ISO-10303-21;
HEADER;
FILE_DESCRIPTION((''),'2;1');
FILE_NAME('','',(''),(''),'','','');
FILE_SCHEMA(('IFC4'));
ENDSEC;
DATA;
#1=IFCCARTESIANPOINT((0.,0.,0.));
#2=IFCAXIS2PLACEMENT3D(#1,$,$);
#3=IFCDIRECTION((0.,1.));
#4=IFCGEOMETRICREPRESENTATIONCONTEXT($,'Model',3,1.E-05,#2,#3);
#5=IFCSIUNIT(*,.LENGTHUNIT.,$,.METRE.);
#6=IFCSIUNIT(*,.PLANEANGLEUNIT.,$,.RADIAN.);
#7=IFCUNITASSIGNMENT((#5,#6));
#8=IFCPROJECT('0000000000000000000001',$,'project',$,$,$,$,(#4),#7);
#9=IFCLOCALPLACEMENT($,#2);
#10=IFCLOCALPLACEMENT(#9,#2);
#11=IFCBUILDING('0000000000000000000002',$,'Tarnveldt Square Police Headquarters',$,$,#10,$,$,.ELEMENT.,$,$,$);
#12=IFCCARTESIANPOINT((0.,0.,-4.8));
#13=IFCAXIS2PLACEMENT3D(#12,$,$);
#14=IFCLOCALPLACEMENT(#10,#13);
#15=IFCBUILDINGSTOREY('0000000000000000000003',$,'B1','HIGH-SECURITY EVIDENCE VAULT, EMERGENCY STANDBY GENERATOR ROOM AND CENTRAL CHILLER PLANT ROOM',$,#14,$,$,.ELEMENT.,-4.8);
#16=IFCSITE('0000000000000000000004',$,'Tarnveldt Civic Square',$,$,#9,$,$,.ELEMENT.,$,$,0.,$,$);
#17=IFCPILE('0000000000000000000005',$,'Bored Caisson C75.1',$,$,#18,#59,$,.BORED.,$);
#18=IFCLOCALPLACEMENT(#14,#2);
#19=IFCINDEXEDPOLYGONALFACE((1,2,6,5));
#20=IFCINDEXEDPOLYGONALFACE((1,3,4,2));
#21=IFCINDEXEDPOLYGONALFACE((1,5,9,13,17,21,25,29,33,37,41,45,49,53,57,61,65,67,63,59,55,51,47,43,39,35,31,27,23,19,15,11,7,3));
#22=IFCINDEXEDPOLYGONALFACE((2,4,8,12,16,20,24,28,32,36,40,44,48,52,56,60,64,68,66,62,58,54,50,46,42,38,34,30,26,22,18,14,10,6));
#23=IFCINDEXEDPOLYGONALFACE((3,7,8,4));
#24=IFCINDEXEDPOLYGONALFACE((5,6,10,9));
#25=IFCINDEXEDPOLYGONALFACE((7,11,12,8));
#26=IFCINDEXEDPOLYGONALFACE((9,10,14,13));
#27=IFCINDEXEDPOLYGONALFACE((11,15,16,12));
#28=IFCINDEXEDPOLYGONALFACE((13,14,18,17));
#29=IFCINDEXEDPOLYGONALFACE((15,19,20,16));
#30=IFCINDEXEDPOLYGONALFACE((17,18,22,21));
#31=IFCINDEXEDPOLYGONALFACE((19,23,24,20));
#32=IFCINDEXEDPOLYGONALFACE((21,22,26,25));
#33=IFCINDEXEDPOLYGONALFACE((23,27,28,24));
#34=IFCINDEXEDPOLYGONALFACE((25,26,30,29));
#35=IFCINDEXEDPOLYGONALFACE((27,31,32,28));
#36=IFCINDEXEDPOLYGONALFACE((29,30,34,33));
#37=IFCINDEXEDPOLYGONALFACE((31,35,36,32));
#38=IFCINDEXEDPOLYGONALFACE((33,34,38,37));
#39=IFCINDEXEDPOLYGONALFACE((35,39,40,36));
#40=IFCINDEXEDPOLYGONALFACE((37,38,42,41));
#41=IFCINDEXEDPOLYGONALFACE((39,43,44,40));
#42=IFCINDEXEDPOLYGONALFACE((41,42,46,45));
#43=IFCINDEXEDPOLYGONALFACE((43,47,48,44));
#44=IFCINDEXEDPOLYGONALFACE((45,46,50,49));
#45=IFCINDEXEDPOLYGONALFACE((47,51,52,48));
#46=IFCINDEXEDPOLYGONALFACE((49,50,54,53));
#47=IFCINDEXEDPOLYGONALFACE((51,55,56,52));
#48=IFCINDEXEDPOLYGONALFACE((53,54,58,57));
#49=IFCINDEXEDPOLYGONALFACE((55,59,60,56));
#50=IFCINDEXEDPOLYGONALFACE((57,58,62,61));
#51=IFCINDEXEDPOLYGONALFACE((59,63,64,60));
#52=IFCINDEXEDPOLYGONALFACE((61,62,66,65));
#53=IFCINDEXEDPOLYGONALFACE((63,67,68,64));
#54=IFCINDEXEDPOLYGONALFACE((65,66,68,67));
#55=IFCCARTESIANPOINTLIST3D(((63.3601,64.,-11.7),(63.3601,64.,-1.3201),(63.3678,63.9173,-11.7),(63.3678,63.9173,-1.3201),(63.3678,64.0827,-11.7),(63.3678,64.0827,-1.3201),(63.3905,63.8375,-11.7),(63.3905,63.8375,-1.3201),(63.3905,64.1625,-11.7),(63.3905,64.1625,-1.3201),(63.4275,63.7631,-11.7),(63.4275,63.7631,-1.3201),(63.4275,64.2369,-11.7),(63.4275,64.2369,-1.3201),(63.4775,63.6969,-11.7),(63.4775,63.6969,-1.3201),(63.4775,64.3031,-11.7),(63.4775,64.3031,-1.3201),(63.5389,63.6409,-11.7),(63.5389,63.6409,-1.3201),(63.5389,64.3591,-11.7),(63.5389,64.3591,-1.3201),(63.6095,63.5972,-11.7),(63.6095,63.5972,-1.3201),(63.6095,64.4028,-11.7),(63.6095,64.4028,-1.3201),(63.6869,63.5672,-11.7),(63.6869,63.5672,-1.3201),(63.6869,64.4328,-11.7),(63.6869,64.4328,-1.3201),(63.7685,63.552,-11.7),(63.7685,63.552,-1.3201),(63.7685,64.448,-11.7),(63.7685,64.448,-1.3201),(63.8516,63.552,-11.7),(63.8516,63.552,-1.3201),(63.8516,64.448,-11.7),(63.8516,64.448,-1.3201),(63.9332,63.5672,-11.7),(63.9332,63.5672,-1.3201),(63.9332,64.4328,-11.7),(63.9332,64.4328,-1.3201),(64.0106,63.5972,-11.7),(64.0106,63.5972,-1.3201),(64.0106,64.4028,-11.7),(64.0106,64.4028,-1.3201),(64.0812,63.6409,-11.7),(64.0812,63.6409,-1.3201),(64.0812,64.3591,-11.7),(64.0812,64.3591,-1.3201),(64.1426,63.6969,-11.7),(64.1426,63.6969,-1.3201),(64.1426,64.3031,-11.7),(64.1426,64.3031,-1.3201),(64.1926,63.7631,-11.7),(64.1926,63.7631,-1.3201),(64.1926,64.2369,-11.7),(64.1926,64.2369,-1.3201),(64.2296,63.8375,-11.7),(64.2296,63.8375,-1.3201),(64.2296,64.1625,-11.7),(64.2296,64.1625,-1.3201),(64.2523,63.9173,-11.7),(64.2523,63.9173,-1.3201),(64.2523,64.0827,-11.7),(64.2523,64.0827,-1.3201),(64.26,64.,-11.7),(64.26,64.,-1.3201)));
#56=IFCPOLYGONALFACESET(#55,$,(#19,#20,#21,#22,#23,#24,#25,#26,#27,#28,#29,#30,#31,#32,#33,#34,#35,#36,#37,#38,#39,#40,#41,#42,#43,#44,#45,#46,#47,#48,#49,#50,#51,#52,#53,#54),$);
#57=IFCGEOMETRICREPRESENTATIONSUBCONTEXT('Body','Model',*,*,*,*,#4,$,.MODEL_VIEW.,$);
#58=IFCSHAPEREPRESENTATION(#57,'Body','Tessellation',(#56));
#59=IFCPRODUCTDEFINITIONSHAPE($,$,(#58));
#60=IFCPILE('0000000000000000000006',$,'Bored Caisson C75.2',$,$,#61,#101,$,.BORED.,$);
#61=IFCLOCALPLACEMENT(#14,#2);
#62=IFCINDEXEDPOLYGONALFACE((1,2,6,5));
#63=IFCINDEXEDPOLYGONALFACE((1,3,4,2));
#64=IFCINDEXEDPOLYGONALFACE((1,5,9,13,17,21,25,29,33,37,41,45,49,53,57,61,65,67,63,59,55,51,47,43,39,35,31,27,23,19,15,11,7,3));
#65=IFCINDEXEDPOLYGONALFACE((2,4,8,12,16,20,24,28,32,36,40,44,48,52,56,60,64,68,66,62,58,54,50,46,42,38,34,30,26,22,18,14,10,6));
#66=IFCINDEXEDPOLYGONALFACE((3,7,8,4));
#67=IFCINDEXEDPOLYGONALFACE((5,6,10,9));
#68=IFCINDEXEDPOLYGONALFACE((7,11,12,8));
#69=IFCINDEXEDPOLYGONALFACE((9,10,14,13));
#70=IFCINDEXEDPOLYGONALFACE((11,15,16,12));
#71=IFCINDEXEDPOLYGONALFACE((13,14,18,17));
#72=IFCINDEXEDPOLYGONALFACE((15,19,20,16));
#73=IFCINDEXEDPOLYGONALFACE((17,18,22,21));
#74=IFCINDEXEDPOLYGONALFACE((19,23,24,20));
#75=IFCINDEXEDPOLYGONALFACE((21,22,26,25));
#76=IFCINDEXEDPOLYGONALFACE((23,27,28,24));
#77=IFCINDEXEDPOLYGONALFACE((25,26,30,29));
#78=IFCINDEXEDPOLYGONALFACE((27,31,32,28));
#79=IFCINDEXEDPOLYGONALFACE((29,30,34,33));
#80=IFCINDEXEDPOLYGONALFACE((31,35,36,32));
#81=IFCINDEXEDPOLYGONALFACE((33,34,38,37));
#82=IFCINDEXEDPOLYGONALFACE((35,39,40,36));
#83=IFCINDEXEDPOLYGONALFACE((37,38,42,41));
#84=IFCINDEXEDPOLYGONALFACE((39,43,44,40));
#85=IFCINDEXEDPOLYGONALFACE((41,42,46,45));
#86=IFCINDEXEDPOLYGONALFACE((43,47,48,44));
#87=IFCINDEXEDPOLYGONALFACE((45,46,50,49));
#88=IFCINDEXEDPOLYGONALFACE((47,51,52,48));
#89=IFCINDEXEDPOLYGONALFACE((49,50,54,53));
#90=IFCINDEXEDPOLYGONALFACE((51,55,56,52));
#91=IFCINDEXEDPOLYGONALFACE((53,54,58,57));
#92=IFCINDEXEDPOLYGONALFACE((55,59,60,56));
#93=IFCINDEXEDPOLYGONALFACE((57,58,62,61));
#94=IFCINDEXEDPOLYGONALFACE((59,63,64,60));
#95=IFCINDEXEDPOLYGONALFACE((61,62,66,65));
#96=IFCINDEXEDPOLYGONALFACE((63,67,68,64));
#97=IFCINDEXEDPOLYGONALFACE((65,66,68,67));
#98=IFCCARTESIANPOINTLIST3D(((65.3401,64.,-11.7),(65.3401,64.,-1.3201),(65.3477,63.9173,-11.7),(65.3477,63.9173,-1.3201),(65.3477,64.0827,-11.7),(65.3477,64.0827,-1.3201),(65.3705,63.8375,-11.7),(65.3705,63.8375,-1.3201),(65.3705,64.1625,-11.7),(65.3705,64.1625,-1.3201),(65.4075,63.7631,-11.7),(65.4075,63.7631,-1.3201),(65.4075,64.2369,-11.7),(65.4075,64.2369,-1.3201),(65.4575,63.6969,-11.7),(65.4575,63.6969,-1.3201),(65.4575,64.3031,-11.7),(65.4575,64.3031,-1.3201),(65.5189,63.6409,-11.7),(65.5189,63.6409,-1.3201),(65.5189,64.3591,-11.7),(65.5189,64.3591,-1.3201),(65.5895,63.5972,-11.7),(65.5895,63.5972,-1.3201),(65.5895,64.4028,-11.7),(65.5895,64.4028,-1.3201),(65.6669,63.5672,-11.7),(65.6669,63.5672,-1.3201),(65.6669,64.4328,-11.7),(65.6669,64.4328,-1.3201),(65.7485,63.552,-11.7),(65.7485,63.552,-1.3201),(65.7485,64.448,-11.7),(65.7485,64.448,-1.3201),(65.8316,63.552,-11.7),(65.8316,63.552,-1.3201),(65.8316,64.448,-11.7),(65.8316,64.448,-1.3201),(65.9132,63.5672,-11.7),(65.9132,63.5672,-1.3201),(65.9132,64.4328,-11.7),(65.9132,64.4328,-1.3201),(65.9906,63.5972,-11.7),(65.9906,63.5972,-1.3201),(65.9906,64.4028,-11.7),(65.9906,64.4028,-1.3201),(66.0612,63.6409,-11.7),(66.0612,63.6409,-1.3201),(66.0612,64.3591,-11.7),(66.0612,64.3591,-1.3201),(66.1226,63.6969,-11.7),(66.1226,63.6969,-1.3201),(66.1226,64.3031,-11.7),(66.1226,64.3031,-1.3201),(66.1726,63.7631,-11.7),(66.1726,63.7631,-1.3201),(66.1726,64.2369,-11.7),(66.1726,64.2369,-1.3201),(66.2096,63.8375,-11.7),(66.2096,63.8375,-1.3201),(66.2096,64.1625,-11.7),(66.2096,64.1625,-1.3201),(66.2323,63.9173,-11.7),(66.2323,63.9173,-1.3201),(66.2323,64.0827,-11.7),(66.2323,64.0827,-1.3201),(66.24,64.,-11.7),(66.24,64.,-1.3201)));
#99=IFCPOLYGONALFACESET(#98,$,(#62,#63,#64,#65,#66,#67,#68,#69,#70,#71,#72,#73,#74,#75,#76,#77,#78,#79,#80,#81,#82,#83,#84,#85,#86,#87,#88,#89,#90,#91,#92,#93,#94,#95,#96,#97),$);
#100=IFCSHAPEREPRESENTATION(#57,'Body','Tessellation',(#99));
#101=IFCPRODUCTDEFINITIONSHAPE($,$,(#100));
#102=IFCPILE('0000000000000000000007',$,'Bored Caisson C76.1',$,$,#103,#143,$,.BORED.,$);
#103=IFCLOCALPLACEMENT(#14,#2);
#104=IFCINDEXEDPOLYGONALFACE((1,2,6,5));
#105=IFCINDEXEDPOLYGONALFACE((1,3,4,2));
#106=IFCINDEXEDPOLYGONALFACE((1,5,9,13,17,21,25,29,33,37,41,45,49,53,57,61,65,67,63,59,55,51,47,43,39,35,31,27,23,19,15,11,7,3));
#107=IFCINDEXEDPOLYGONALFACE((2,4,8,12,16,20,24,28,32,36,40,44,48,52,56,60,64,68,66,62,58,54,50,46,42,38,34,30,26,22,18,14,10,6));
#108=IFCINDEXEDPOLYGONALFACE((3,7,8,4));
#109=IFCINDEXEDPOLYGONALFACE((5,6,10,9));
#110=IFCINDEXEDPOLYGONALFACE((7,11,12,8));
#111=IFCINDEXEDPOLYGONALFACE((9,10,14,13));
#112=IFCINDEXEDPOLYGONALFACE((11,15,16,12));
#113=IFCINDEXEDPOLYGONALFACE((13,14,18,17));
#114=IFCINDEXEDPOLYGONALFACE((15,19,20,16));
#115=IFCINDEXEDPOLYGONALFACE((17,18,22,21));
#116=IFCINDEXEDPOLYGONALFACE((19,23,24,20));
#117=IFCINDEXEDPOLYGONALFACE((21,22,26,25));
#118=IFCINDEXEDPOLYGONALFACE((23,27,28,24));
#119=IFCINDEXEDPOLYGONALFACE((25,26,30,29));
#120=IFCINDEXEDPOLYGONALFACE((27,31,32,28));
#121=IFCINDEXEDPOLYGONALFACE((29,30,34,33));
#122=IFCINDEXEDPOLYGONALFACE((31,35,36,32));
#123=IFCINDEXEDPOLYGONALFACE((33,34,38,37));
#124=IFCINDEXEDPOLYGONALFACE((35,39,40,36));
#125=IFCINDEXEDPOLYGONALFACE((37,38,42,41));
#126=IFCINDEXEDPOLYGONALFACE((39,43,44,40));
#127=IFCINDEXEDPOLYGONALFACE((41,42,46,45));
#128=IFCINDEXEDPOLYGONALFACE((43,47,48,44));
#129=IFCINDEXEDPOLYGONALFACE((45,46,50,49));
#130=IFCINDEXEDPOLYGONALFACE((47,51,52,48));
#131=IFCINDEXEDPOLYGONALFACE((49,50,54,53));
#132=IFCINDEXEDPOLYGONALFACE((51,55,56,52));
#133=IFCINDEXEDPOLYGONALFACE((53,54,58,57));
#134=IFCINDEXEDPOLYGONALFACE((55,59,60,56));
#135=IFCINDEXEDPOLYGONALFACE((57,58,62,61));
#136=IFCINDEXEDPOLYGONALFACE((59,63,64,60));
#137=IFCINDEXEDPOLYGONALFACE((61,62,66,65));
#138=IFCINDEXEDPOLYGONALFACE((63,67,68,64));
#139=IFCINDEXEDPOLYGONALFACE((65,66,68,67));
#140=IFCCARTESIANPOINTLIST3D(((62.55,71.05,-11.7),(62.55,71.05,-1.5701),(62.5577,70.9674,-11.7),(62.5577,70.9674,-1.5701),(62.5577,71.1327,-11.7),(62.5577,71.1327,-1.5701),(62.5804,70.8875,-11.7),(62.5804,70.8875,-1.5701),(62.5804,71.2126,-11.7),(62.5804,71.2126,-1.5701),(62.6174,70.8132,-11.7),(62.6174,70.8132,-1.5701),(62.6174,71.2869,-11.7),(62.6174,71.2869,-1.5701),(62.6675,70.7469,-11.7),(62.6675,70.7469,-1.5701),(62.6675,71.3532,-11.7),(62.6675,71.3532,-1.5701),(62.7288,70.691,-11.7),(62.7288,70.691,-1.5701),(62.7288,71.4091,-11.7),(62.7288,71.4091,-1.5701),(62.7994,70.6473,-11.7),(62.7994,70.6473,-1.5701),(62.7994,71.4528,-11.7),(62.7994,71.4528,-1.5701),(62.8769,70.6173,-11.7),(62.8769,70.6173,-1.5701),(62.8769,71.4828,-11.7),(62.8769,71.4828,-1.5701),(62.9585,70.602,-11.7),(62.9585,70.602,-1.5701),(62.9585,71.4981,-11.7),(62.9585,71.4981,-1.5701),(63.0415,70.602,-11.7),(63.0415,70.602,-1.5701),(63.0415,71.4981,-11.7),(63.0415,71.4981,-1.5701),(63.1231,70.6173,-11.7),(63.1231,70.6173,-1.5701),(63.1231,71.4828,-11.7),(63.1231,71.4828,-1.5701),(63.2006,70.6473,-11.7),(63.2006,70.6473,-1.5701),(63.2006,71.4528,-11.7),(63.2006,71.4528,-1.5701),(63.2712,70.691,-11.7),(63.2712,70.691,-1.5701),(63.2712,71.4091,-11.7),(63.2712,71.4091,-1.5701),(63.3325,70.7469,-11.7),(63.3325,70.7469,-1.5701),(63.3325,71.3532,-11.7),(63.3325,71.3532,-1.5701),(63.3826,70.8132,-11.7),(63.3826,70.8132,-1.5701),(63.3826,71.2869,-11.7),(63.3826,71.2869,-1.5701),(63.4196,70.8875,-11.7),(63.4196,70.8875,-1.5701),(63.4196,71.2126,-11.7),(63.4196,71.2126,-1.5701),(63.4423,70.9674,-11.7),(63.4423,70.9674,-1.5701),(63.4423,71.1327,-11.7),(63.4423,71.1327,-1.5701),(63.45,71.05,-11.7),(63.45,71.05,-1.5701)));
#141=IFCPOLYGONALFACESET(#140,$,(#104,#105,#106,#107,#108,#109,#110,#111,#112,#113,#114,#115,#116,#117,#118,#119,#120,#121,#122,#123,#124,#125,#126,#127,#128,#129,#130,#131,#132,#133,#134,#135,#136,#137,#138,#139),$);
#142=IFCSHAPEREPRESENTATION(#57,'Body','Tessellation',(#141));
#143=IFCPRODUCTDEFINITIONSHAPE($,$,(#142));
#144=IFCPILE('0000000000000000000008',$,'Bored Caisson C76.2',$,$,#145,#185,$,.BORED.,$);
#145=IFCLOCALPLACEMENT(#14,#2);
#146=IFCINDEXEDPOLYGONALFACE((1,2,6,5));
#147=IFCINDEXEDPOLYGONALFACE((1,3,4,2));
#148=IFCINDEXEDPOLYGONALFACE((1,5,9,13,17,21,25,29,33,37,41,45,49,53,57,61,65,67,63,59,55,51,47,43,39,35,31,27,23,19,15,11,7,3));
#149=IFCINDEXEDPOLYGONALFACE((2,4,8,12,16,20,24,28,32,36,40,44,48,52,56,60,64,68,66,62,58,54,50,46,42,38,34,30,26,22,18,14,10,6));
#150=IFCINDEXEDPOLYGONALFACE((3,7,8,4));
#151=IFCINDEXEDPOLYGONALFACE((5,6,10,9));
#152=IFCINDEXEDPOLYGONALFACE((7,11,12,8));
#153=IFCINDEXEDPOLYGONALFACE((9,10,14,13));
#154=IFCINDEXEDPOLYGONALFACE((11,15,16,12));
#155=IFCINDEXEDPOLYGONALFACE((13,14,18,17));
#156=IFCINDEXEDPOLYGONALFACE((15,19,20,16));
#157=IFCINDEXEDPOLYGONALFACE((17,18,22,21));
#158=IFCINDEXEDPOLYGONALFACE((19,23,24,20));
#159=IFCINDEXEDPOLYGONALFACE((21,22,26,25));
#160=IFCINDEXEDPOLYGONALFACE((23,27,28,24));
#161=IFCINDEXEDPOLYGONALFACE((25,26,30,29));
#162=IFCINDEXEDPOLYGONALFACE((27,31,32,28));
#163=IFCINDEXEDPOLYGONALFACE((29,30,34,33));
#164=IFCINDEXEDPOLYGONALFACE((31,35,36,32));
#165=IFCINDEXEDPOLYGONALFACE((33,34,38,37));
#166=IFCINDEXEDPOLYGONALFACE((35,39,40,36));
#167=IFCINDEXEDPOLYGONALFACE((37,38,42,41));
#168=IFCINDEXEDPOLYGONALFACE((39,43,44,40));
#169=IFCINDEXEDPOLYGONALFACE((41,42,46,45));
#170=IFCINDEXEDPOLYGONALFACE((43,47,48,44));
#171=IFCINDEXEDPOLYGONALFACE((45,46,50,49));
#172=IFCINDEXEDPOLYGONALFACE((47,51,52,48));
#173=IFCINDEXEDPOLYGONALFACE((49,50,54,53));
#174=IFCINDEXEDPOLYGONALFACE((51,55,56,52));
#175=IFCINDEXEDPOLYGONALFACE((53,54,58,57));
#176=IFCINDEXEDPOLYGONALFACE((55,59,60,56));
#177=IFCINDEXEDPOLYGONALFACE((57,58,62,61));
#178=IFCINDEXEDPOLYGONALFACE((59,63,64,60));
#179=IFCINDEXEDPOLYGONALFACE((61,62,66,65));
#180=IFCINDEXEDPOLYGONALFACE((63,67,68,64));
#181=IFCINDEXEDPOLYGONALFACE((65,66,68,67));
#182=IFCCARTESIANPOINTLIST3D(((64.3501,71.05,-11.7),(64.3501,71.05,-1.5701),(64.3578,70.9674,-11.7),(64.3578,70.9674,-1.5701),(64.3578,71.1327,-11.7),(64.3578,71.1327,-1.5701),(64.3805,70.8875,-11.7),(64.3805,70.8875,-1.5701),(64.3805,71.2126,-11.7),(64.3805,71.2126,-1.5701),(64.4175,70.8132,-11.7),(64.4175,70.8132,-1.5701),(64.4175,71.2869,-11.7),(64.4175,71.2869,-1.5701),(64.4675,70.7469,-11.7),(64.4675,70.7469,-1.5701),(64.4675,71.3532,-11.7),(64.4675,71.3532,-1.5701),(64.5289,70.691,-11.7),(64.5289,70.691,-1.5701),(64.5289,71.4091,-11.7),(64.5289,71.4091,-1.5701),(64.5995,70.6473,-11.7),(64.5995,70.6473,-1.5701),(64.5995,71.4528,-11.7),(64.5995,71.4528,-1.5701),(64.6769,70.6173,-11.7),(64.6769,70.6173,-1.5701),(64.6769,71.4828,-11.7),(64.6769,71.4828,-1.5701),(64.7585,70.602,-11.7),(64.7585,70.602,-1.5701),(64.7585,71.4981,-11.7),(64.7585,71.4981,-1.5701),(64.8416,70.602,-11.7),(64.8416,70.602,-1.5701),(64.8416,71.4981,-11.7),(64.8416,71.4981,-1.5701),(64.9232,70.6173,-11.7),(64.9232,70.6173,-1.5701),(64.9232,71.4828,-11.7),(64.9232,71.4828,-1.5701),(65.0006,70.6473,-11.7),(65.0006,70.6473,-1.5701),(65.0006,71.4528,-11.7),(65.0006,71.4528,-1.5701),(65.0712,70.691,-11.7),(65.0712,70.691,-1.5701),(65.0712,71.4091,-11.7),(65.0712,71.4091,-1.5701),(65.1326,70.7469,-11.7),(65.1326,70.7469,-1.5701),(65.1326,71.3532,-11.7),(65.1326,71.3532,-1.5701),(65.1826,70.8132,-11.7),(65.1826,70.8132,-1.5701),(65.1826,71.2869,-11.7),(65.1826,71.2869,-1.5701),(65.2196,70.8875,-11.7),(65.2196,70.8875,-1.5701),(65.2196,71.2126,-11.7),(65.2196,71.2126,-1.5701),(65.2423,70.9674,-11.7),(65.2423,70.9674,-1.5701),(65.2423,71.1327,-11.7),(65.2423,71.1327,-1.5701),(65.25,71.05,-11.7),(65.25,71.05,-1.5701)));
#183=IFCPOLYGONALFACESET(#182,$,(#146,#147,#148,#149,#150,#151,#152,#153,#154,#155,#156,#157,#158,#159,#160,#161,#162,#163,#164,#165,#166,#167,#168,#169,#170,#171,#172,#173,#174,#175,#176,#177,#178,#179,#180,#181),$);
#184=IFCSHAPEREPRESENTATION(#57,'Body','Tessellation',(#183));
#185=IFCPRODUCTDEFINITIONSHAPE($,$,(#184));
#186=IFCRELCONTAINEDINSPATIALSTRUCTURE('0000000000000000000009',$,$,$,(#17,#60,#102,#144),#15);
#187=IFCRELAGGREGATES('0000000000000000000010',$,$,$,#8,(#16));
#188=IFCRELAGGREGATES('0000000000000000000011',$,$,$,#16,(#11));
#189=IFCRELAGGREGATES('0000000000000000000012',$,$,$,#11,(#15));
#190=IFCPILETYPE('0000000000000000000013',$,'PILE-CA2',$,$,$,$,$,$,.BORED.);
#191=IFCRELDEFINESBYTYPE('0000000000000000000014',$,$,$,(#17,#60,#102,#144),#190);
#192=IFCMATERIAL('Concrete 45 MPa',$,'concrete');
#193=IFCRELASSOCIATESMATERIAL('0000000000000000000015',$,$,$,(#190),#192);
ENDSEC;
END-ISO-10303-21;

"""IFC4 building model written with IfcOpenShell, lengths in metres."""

from ifc_helpers import new_model, si_unit, direction, frame, origin, origin_2d, place, context, subcontext, project, spatial, circle, extrude, material, material_profile, profile_set, type_object, element, save


model = new_model("IFC4")

# Units and contexts
model_context = context("Model", 3, precision=1e-05, world=origin(), true_north=direction((0.0, 1.0)))
body_context = subcontext(model_context, "Body", "Model", "MODEL_VIEW")
ifc_project = project(units=[si_unit("LENGTHUNIT", "METRE"), si_unit("PLANEANGLEUNIT", "RADIAN")], contexts=[model_context])

# Site, building, storey
site_placement = place(None, origin())
site = spatial("IfcSite", under=ifc_project, at=site_placement, Name="Tarnveldt Civic Square", CompositionType="ELEMENT", RefElevation=0.0)
building_placement = place(site_placement, origin())
building = spatial("IfcBuilding", under=site, at=building_placement, Name="Tarnveldt Square Police Headquarters", CompositionType="ELEMENT")
storey_placement = place(building_placement, frame((0.0, 0.0, -4.8)))
storey = spatial("IfcBuildingStorey", under=building, at=storey_placement, Name="B1", Description="HIGH-SECURITY EVIDENCE VAULT, EMERGENCY STANDBY GENERATOR ROOM AND CENTRAL CHILLER PLANT ROOM", CompositionType="ELEMENT", Elevation=-4.8)

# Shared definitions
ifc_material_1 = material(Name="Concrete 45 MPa", Category="concrete")

# Piles
ifc_material_profile_1 = material_profile(ifc_material_1, circle(Radius=0.45, at=origin_2d()), Name="CAISSON-D900")
ifc_profile_set_1 = profile_set([ifc_material_profile_1], Name="Concrete 45 MPa")
pile_type = type_object("IfcPileType", Name="PILE-CA2", PredefinedType="BORED", material=ifc_profile_set_1)
for number, where, z_axis, x_axis, name in (
    (1, (63.8101, 64.0, -1.3201), (0.0, 0.0, -1.0), (1.0, 0.0, 0.0), "Bored Caisson C75.1"),
    (2, (65.79, 64.0, -1.3201), (0.0, 0.0, -1.0), (1.0, 0.0, 0.0), "Bored Caisson C75.2"),
):
    element("IfcPile", number, at=place(storey_placement, frame(where, z_axis=z_axis, x_axis=x_axis)), inside=storey, type_object=pile_type, Name=name, PredefinedType="BORED", context=body_context, shape_type="SweptSolid", body=[
        extrude(circle(Radius=0.45, at=origin_2d()), origin(), (0.0, 0.0, 1.0), 10.3799),
    ])
for number, where, z_axis, x_axis, name in (
    (3, (63.0, 71.05, -1.5701), (0.0, 0.0, -1.0), (1.0, 0.0, 0.0), "Bored Caisson C76.1"),
    (4, (64.8, 71.05, -1.5701), (0.0, 0.0, -1.0), (1.0, 0.0, 0.0), "Bored Caisson C76.2"),
):
    element("IfcPile", number, at=place(storey_placement, frame(where, z_axis=z_axis, x_axis=x_axis)), inside=storey, type_object=pile_type, Name=name, PredefinedType="BORED", context=body_context, shape_type="SweptSolid", body=[
        extrude(circle(Radius=0.45, at=origin_2d()), origin(), (0.0, 0.0, 1.0), 10.1299),
    ])

save(model, "model.ifc")
